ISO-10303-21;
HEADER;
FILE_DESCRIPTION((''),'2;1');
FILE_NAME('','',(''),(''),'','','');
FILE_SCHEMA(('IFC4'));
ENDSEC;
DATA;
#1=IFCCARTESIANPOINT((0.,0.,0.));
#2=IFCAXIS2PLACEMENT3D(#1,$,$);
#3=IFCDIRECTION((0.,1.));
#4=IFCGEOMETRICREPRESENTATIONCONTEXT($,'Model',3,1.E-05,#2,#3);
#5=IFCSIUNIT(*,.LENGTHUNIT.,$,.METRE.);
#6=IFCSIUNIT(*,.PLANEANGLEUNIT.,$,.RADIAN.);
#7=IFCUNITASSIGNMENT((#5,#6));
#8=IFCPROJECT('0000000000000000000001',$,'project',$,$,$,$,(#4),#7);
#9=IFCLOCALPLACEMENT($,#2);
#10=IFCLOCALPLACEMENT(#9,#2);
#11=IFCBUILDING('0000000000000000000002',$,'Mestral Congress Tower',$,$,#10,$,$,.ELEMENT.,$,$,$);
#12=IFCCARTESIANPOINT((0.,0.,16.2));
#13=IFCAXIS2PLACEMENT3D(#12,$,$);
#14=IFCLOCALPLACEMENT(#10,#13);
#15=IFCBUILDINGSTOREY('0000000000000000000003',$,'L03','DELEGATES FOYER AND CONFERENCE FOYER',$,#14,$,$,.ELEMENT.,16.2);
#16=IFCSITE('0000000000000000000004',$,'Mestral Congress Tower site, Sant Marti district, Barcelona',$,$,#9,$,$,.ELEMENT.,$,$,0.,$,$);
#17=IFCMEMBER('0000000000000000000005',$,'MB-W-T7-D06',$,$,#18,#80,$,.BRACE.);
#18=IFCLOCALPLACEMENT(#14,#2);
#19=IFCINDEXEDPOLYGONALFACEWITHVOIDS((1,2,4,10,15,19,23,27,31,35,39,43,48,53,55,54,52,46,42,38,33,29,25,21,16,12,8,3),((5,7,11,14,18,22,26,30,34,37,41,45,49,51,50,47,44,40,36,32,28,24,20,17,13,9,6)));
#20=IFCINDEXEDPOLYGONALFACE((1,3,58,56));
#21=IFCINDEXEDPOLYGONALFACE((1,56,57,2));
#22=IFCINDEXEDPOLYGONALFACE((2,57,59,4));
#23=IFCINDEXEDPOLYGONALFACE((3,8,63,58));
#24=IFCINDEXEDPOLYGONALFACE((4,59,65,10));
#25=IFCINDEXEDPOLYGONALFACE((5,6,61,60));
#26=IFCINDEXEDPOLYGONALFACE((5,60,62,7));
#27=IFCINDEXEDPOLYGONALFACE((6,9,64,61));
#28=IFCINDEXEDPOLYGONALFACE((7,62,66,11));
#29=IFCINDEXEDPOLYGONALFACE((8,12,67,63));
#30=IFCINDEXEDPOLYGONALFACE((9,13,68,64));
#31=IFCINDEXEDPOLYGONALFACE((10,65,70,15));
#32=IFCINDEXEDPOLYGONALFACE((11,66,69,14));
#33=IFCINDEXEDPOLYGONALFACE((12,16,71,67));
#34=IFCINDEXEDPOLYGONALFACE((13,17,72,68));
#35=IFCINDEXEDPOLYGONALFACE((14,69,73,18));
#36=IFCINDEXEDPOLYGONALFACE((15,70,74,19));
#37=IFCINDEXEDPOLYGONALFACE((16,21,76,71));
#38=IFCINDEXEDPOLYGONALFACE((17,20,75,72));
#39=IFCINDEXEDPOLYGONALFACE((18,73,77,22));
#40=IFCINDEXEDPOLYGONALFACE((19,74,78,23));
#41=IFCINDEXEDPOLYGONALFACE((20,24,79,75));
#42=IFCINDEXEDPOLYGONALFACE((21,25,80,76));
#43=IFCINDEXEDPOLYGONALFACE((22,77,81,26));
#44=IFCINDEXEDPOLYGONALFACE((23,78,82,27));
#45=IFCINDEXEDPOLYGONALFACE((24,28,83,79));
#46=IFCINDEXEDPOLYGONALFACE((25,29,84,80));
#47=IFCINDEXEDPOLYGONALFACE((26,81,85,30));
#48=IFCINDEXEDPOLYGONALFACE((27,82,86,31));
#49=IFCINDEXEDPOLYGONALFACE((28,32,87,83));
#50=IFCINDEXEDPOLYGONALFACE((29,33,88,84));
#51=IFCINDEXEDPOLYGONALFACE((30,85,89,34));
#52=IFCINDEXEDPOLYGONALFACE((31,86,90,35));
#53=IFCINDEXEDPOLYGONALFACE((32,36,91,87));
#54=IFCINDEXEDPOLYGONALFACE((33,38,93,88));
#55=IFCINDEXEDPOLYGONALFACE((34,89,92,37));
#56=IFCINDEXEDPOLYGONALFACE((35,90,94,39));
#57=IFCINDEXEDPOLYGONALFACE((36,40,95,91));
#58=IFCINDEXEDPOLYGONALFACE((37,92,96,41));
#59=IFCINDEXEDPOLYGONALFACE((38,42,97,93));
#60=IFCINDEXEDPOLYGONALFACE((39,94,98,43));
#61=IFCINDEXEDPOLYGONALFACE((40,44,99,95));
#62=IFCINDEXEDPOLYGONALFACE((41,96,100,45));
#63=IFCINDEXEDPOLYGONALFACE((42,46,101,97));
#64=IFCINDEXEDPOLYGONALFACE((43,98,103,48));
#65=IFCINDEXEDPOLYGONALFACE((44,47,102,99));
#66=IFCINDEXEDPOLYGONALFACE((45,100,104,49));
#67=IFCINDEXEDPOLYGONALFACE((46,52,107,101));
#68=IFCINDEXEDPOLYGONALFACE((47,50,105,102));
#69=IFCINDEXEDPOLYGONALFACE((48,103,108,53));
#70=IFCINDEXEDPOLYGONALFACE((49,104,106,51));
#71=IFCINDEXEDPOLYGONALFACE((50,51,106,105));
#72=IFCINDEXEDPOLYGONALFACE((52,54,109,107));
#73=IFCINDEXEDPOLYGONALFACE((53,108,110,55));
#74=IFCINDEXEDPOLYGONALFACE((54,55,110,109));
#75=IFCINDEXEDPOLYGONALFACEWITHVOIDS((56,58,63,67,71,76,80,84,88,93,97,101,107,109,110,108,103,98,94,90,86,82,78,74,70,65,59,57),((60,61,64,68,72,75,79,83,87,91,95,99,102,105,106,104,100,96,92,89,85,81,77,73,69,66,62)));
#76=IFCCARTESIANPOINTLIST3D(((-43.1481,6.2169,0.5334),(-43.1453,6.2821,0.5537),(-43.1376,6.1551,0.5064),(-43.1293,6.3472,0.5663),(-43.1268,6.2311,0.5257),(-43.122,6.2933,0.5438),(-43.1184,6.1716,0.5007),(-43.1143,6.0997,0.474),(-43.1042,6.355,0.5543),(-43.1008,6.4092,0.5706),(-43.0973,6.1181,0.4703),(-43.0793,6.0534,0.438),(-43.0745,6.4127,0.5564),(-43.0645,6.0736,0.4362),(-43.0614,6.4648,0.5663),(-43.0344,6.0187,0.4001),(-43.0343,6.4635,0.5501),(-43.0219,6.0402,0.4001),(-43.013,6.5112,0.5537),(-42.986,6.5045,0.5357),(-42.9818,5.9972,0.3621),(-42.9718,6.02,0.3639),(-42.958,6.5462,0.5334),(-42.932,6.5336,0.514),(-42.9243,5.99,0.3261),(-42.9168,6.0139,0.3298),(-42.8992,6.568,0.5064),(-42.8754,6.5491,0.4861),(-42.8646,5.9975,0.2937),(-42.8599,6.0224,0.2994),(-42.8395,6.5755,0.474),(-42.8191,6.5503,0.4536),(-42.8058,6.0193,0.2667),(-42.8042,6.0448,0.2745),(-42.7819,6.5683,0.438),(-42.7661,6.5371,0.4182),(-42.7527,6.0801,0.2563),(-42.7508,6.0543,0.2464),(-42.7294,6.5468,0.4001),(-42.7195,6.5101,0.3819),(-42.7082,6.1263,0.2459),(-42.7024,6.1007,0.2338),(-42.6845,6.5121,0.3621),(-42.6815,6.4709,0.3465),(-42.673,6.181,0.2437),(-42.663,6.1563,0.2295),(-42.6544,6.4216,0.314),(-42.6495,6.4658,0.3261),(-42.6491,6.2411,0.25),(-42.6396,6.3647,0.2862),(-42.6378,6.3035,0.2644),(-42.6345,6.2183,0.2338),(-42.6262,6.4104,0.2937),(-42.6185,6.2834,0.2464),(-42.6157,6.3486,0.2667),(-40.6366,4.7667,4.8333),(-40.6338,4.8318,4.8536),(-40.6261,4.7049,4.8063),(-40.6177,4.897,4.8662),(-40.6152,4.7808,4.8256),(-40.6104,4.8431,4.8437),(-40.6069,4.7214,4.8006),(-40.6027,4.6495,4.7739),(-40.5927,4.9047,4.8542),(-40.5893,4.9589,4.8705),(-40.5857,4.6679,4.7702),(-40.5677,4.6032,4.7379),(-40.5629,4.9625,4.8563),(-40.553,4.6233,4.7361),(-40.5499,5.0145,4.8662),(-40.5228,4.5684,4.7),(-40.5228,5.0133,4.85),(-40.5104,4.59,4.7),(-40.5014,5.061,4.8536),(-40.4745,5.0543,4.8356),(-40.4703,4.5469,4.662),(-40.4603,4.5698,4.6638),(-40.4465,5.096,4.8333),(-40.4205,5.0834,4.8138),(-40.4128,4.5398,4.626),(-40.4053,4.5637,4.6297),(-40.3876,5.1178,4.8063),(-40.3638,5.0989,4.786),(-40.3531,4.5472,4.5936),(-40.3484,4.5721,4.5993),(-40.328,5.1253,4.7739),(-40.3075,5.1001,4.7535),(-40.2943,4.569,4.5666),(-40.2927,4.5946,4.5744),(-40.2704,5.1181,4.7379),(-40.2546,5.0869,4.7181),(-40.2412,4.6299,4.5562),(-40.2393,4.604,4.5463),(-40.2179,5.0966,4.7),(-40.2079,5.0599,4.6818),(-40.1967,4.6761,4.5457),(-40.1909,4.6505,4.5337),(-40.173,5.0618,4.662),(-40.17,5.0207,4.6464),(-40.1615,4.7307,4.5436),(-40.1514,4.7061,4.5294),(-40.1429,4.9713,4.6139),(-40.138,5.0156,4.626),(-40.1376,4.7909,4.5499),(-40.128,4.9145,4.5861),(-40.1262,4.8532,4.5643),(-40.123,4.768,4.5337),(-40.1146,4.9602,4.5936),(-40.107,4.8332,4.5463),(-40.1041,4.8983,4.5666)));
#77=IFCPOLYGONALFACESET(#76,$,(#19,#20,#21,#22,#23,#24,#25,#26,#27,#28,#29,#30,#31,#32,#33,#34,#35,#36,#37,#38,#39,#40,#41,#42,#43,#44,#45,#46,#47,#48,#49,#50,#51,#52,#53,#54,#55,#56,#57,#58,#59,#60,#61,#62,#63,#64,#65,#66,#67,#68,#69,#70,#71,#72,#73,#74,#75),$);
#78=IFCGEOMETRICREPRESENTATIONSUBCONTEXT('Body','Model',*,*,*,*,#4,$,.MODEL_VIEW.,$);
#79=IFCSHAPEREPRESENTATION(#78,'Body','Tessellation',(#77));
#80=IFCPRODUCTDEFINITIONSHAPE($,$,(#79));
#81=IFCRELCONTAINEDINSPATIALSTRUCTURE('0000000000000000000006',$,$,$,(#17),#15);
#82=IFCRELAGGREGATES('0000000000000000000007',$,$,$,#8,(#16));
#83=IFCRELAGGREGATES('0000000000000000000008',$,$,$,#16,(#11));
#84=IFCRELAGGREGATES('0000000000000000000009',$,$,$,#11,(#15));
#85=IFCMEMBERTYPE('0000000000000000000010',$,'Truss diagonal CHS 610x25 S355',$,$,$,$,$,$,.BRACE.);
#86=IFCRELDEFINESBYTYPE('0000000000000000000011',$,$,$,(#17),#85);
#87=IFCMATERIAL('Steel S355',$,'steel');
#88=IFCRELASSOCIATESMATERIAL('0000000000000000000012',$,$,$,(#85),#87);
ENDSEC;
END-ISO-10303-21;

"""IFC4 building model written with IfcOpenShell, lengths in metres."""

from ifc_helpers import new_model, si_unit, direction, frame, origin, origin_2d, place, context, subcontext, project, spatial, hollow_circle, extrude, material, material_profile, profile_set, type_object, element, save


model = new_model("IFC4")

# Units and contexts
model_context = context("Model", 3, precision=1e-05, world=origin(), true_north=direction((0.0, 1.0)))
body_context = subcontext(model_context, "Body", "Model", "MODEL_VIEW")
ifc_project = project(units=[si_unit("LENGTHUNIT", "METRE"), si_unit("PLANEANGLEUNIT", "RADIAN")], contexts=[model_context])

# Site, building, storey
site_placement = place(None, origin())
site = spatial("IfcSite", under=ifc_project, at=site_placement, Name="Mestral Congress Tower site, Sant Marti district, Barcelona", CompositionType="ELEMENT", RefElevation=0.0)
building_placement = place(site_placement, origin())
building = spatial("IfcBuilding", under=site, at=building_placement, Name="Mestral Congress Tower", CompositionType="ELEMENT")
storey_placement = place(building_placement, frame((0.0, 0.0, 16.2)))
storey = spatial("IfcBuildingStorey", under=building, at=storey_placement, Name="L03", Description="DELEGATES FOYER AND CONFERENCE FOYER", CompositionType="ELEMENT", Elevation=16.2)

# Member
ifc_material = material(Name="Steel S355", Category="steel")
ifc_material_profile_1 = material_profile(ifc_material, hollow_circle(Radius=0.3049, WallThickness=0.0249, at=origin_2d()), Name="CHS 610x25")
ifc_profile_set_1 = profile_set([ifc_material_profile_1], Name="Steel S355")
member_type_1 = type_object("IfcMemberType", Name="Truss diagonal CHS 610x25 S355", PredefinedType="BRACE", material=ifc_profile_set_1)
member_1_placement = place(storey_placement, frame((-40.3704, 4.8325, 4.7), z_axis=(-0.484241, 0.279614, -0.829052), x_axis=(-0.50005, -0.865996, 0.0)))
element("IfcMember", 1, at=member_1_placement, inside=storey, type_object=member_type_1, Name="MB-W-T7-D06", PredefinedType="BRACE", context=body_context, shape_type="SweptSolid", body=[
    extrude(hollow_circle(Radius=0.3049, WallThickness=0.0249, at=origin_2d()), origin(), (0.0, 0.0, 1.0), 5.1865),
])

save(model, "model.ifc")
